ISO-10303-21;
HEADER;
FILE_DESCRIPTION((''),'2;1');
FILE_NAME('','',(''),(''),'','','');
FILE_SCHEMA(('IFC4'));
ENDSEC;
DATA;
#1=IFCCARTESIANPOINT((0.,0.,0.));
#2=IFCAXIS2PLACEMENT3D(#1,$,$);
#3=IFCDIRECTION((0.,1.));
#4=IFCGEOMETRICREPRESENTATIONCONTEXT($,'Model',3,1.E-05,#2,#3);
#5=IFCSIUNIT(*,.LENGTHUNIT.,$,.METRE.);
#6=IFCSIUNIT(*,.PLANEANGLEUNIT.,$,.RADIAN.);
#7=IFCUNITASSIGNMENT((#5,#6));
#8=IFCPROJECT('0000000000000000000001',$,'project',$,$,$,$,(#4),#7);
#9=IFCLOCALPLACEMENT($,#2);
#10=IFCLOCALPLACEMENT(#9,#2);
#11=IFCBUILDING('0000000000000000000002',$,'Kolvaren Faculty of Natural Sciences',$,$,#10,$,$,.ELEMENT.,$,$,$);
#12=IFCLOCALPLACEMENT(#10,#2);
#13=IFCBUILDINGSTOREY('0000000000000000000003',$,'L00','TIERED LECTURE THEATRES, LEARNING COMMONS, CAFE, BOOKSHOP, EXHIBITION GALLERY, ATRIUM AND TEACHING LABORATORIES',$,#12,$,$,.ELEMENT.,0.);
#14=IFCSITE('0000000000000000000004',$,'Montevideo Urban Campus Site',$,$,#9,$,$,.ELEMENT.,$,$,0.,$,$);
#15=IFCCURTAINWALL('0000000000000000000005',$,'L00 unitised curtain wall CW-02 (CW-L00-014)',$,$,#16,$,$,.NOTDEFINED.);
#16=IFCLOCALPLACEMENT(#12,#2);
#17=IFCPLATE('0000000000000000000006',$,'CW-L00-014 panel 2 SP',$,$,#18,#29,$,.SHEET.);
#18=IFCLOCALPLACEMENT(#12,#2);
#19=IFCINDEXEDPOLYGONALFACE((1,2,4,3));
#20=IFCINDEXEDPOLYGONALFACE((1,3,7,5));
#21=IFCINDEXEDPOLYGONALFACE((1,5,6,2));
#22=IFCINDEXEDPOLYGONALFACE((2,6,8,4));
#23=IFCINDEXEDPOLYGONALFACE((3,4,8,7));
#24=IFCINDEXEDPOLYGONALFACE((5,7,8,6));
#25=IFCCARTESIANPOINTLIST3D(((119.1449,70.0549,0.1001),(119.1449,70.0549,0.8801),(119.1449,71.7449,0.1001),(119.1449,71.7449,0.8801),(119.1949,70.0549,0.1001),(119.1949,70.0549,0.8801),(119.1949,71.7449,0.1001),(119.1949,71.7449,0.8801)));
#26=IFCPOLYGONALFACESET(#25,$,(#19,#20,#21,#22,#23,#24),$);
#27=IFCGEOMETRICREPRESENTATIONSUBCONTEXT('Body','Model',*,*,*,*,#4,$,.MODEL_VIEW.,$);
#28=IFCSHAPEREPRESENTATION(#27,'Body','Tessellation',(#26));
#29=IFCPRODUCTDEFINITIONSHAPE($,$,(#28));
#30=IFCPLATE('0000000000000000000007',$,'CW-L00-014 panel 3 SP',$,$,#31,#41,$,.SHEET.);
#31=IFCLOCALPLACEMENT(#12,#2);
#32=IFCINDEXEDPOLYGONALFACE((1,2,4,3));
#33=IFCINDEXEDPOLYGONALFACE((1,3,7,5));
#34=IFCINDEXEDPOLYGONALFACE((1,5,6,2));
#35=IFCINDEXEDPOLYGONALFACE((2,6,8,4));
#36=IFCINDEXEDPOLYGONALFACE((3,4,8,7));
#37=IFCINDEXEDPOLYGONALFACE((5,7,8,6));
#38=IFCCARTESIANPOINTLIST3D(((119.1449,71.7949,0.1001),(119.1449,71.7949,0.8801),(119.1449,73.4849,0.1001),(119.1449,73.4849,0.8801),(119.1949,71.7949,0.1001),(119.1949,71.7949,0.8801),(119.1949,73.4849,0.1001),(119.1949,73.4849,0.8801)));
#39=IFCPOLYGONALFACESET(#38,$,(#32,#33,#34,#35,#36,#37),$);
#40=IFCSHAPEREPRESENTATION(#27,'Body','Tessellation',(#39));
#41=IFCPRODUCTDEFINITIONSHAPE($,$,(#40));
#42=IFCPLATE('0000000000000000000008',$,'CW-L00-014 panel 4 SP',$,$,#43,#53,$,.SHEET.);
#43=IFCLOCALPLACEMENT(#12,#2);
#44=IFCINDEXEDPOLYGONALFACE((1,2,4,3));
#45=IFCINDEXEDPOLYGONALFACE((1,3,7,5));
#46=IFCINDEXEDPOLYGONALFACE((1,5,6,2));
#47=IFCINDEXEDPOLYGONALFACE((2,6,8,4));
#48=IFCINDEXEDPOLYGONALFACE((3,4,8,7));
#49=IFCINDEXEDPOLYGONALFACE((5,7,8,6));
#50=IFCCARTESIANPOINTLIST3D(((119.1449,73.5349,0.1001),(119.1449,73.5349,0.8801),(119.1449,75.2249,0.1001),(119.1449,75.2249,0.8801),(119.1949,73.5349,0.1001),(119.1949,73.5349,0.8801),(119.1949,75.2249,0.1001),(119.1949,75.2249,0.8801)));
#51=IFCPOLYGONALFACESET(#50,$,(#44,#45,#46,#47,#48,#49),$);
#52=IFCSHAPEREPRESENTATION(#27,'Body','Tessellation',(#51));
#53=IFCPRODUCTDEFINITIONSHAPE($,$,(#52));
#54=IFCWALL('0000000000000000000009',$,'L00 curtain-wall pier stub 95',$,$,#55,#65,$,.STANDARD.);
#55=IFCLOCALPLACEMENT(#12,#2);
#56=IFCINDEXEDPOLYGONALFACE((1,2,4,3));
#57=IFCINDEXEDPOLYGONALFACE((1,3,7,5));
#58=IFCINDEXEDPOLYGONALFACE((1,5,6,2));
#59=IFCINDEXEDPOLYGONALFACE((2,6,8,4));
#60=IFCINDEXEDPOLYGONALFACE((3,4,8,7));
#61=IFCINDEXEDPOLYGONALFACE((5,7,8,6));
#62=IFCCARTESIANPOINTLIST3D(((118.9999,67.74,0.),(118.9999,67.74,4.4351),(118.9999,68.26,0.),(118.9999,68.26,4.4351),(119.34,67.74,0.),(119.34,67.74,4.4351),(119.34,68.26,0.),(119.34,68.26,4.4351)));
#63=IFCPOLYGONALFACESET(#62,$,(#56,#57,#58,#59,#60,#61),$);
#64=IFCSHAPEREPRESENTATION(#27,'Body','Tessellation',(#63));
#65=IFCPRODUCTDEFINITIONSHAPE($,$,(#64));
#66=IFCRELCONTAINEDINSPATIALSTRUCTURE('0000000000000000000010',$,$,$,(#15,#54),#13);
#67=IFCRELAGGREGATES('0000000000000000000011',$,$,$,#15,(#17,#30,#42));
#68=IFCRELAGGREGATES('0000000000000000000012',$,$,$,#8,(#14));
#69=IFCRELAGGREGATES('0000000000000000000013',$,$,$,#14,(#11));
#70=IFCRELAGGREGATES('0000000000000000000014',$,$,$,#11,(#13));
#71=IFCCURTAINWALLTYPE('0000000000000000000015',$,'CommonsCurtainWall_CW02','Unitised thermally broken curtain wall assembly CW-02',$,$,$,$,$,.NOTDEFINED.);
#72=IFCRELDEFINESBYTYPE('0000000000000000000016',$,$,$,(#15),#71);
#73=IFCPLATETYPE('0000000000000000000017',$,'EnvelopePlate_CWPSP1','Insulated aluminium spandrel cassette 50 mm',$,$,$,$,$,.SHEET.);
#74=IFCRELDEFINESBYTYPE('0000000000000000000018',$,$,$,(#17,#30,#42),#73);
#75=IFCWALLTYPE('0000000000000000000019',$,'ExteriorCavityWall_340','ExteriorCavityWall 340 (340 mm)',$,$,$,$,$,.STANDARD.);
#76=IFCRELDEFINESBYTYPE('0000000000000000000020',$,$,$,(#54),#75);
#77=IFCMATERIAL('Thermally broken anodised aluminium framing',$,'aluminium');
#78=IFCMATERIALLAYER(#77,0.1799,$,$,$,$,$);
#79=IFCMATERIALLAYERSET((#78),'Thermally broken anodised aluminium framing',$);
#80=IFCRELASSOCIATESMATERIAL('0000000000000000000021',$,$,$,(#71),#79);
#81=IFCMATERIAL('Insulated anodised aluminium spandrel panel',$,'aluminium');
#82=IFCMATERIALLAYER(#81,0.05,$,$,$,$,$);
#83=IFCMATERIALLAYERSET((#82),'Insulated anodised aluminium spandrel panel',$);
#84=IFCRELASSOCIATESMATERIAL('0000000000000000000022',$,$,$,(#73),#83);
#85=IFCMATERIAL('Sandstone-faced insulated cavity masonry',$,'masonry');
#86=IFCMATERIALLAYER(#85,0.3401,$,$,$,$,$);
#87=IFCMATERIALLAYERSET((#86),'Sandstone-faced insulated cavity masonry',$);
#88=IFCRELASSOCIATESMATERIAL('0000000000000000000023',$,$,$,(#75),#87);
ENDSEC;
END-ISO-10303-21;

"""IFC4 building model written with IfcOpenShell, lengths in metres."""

from ifc_helpers import new_model, si_unit, direction, frame, frame_2d, origin, origin_2d, place, context, subcontext, project, spatial, rectangle, extrude, material, layer, layer_set, type_object, element, aggregate, save


model = new_model("IFC4")

# Units and contexts
model_context = context("Model", 3, precision=1e-05, world=origin(), true_north=direction((0.0, 1.0)))
body_context = subcontext(model_context, "Body", "Model", "MODEL_VIEW")
ifc_project = project(units=[si_unit("LENGTHUNIT", "METRE"), si_unit("PLANEANGLEUNIT", "RADIAN")], contexts=[model_context])

# Site, building, storey
site_placement = place(None, origin())
site = spatial("IfcSite", under=ifc_project, at=site_placement, Name="Montevideo Urban Campus Site", CompositionType="ELEMENT", RefElevation=0.0)
building_placement = place(site_placement, origin())
building = spatial("IfcBuilding", under=site, at=building_placement, Name="Kolvaren Faculty of Natural Sciences", CompositionType="ELEMENT")
storey_placement = place(building_placement, origin())
storey = spatial("IfcBuildingStorey", under=building, at=storey_placement, Name="L00", Description="TIERED LECTURE THEATRES, LEARNING COMMONS, CAFE, BOOKSHOP, EXHIBITION GALLERY, ATRIUM AND TEACHING LABORATORIES", CompositionType="ELEMENT", Elevation=0.0)

# Curtain wall
ifc_material_1 = material(Name="Thermally broken anodised aluminium framing", Category="aluminium")
ifc_layer_1 = layer(ifc_material_1, 0.1799)
ifc_layer_set_1 = layer_set([ifc_layer_1], Name="Thermally broken anodised aluminium framing")
curtain_wall_type = type_object("IfcCurtainWallType", Name="CommonsCurtainWall_CW02", Description="Unitised thermally broken curtain wall assembly CW-02", PredefinedType="NOTDEFINED", material=ifc_layer_set_1)
curtain_wall_placement = place(storey_placement, origin())
curtain_wall = element("IfcCurtainWall", 1, at=curtain_wall_placement, inside=storey, type_object=curtain_wall_type, Name="L00 unitised curtain wall CW-02 (CW-L00-014)", PredefinedType="NOTDEFINED")

# Plates
ifc_material_2 = material(Name="Insulated anodised aluminium spandrel panel", Category="aluminium")
ifc_layer_2 = layer(ifc_material_2, 0.05)
ifc_layer_set_2 = layer_set([ifc_layer_2], Name="Insulated anodised aluminium spandrel panel")
plate_type_1 = type_object("IfcPlateType", Name="EnvelopePlate_CWPSP1", Description="Insulated aluminium spandrel cassette 50 mm", PredefinedType="SHEET", material=ifc_layer_set_2)
plate_1_placement = place(storey_placement, frame((119.1699, 70.8999, 0.1001), z_axis=(0.0, 0.0, 1.0), x_axis=(0.0, 1.0, 0.0)))
plate_1 = element("IfcPlate", 2, at=plate_1_placement, type_object=plate_type_1, Name="CW-L00-014 panel 2 SP", PredefinedType="SHEET", context=body_context, shape_type="SweptSolid", body=[
    extrude(rectangle(XDim=1.6899, YDim=0.05, at=origin_2d()), origin(), (0.0, 0.0, 1.0), 0.78),
])
plate_2_placement = place(storey_placement, frame((119.1699, 72.6399, 0.1001), z_axis=(0.0, 0.0, 1.0), x_axis=(0.0, 1.0, 0.0)))
plate_2 = element("IfcPlate", 3, at=plate_2_placement, type_object=plate_type_1, Name="CW-L00-014 panel 3 SP", PredefinedType="SHEET", context=body_context, shape_type="SweptSolid", body=[
    extrude(rectangle(XDim=1.6899, YDim=0.05, at=origin_2d()), origin(), (0.0, 0.0, 1.0), 0.78),
])
plate_3_placement = place(storey_placement, frame((119.1699, 74.3799, 0.1001), z_axis=(0.0, 0.0, 1.0), x_axis=(0.0, 1.0, 0.0)))
plate_3 = element("IfcPlate", 4, at=plate_3_placement, type_object=plate_type_1, Name="CW-L00-014 panel 4 SP", PredefinedType="SHEET", context=body_context, shape_type="SweptSolid", body=[
    extrude(rectangle(XDim=1.6899, YDim=0.05, at=origin_2d()), origin(), (0.0, 0.0, 1.0), 0.78),
])
aggregate(curtain_wall, [plate_1, plate_2, plate_3])

# Wall
ifc_material_3 = material(Name="Sandstone-faced insulated cavity masonry", Category="masonry")
ifc_layer_3 = layer(ifc_material_3, 0.3401)
ifc_layer_set_3 = layer_set([ifc_layer_3], Name="Sandstone-faced insulated cavity masonry")
wall_type = type_object("IfcWallType", Name="ExteriorCavityWall_340", Description="ExteriorCavityWall 340 (340 mm)", PredefinedType="STANDARD", material=ifc_layer_set_3)
wall_placement = place(storey_placement, frame((119.1699, 67.74, 0.0), z_axis=(0.0, 0.0, 1.0), x_axis=(0.0, 1.0, 0.0)))
element("IfcWall", 5, at=wall_placement, inside=storey, type_object=wall_type, Name="L00 curtain-wall pier stub 95", PredefinedType="STANDARD", context=body_context, shape_type="SweptSolid", body=[
    extrude(rectangle(XDim=0.52, YDim=0.3401, at=frame_2d((0.26, 0.0))), origin(), (0.0, 0.0, 1.0), 4.4351),
])

save(model, "model.ifc")
